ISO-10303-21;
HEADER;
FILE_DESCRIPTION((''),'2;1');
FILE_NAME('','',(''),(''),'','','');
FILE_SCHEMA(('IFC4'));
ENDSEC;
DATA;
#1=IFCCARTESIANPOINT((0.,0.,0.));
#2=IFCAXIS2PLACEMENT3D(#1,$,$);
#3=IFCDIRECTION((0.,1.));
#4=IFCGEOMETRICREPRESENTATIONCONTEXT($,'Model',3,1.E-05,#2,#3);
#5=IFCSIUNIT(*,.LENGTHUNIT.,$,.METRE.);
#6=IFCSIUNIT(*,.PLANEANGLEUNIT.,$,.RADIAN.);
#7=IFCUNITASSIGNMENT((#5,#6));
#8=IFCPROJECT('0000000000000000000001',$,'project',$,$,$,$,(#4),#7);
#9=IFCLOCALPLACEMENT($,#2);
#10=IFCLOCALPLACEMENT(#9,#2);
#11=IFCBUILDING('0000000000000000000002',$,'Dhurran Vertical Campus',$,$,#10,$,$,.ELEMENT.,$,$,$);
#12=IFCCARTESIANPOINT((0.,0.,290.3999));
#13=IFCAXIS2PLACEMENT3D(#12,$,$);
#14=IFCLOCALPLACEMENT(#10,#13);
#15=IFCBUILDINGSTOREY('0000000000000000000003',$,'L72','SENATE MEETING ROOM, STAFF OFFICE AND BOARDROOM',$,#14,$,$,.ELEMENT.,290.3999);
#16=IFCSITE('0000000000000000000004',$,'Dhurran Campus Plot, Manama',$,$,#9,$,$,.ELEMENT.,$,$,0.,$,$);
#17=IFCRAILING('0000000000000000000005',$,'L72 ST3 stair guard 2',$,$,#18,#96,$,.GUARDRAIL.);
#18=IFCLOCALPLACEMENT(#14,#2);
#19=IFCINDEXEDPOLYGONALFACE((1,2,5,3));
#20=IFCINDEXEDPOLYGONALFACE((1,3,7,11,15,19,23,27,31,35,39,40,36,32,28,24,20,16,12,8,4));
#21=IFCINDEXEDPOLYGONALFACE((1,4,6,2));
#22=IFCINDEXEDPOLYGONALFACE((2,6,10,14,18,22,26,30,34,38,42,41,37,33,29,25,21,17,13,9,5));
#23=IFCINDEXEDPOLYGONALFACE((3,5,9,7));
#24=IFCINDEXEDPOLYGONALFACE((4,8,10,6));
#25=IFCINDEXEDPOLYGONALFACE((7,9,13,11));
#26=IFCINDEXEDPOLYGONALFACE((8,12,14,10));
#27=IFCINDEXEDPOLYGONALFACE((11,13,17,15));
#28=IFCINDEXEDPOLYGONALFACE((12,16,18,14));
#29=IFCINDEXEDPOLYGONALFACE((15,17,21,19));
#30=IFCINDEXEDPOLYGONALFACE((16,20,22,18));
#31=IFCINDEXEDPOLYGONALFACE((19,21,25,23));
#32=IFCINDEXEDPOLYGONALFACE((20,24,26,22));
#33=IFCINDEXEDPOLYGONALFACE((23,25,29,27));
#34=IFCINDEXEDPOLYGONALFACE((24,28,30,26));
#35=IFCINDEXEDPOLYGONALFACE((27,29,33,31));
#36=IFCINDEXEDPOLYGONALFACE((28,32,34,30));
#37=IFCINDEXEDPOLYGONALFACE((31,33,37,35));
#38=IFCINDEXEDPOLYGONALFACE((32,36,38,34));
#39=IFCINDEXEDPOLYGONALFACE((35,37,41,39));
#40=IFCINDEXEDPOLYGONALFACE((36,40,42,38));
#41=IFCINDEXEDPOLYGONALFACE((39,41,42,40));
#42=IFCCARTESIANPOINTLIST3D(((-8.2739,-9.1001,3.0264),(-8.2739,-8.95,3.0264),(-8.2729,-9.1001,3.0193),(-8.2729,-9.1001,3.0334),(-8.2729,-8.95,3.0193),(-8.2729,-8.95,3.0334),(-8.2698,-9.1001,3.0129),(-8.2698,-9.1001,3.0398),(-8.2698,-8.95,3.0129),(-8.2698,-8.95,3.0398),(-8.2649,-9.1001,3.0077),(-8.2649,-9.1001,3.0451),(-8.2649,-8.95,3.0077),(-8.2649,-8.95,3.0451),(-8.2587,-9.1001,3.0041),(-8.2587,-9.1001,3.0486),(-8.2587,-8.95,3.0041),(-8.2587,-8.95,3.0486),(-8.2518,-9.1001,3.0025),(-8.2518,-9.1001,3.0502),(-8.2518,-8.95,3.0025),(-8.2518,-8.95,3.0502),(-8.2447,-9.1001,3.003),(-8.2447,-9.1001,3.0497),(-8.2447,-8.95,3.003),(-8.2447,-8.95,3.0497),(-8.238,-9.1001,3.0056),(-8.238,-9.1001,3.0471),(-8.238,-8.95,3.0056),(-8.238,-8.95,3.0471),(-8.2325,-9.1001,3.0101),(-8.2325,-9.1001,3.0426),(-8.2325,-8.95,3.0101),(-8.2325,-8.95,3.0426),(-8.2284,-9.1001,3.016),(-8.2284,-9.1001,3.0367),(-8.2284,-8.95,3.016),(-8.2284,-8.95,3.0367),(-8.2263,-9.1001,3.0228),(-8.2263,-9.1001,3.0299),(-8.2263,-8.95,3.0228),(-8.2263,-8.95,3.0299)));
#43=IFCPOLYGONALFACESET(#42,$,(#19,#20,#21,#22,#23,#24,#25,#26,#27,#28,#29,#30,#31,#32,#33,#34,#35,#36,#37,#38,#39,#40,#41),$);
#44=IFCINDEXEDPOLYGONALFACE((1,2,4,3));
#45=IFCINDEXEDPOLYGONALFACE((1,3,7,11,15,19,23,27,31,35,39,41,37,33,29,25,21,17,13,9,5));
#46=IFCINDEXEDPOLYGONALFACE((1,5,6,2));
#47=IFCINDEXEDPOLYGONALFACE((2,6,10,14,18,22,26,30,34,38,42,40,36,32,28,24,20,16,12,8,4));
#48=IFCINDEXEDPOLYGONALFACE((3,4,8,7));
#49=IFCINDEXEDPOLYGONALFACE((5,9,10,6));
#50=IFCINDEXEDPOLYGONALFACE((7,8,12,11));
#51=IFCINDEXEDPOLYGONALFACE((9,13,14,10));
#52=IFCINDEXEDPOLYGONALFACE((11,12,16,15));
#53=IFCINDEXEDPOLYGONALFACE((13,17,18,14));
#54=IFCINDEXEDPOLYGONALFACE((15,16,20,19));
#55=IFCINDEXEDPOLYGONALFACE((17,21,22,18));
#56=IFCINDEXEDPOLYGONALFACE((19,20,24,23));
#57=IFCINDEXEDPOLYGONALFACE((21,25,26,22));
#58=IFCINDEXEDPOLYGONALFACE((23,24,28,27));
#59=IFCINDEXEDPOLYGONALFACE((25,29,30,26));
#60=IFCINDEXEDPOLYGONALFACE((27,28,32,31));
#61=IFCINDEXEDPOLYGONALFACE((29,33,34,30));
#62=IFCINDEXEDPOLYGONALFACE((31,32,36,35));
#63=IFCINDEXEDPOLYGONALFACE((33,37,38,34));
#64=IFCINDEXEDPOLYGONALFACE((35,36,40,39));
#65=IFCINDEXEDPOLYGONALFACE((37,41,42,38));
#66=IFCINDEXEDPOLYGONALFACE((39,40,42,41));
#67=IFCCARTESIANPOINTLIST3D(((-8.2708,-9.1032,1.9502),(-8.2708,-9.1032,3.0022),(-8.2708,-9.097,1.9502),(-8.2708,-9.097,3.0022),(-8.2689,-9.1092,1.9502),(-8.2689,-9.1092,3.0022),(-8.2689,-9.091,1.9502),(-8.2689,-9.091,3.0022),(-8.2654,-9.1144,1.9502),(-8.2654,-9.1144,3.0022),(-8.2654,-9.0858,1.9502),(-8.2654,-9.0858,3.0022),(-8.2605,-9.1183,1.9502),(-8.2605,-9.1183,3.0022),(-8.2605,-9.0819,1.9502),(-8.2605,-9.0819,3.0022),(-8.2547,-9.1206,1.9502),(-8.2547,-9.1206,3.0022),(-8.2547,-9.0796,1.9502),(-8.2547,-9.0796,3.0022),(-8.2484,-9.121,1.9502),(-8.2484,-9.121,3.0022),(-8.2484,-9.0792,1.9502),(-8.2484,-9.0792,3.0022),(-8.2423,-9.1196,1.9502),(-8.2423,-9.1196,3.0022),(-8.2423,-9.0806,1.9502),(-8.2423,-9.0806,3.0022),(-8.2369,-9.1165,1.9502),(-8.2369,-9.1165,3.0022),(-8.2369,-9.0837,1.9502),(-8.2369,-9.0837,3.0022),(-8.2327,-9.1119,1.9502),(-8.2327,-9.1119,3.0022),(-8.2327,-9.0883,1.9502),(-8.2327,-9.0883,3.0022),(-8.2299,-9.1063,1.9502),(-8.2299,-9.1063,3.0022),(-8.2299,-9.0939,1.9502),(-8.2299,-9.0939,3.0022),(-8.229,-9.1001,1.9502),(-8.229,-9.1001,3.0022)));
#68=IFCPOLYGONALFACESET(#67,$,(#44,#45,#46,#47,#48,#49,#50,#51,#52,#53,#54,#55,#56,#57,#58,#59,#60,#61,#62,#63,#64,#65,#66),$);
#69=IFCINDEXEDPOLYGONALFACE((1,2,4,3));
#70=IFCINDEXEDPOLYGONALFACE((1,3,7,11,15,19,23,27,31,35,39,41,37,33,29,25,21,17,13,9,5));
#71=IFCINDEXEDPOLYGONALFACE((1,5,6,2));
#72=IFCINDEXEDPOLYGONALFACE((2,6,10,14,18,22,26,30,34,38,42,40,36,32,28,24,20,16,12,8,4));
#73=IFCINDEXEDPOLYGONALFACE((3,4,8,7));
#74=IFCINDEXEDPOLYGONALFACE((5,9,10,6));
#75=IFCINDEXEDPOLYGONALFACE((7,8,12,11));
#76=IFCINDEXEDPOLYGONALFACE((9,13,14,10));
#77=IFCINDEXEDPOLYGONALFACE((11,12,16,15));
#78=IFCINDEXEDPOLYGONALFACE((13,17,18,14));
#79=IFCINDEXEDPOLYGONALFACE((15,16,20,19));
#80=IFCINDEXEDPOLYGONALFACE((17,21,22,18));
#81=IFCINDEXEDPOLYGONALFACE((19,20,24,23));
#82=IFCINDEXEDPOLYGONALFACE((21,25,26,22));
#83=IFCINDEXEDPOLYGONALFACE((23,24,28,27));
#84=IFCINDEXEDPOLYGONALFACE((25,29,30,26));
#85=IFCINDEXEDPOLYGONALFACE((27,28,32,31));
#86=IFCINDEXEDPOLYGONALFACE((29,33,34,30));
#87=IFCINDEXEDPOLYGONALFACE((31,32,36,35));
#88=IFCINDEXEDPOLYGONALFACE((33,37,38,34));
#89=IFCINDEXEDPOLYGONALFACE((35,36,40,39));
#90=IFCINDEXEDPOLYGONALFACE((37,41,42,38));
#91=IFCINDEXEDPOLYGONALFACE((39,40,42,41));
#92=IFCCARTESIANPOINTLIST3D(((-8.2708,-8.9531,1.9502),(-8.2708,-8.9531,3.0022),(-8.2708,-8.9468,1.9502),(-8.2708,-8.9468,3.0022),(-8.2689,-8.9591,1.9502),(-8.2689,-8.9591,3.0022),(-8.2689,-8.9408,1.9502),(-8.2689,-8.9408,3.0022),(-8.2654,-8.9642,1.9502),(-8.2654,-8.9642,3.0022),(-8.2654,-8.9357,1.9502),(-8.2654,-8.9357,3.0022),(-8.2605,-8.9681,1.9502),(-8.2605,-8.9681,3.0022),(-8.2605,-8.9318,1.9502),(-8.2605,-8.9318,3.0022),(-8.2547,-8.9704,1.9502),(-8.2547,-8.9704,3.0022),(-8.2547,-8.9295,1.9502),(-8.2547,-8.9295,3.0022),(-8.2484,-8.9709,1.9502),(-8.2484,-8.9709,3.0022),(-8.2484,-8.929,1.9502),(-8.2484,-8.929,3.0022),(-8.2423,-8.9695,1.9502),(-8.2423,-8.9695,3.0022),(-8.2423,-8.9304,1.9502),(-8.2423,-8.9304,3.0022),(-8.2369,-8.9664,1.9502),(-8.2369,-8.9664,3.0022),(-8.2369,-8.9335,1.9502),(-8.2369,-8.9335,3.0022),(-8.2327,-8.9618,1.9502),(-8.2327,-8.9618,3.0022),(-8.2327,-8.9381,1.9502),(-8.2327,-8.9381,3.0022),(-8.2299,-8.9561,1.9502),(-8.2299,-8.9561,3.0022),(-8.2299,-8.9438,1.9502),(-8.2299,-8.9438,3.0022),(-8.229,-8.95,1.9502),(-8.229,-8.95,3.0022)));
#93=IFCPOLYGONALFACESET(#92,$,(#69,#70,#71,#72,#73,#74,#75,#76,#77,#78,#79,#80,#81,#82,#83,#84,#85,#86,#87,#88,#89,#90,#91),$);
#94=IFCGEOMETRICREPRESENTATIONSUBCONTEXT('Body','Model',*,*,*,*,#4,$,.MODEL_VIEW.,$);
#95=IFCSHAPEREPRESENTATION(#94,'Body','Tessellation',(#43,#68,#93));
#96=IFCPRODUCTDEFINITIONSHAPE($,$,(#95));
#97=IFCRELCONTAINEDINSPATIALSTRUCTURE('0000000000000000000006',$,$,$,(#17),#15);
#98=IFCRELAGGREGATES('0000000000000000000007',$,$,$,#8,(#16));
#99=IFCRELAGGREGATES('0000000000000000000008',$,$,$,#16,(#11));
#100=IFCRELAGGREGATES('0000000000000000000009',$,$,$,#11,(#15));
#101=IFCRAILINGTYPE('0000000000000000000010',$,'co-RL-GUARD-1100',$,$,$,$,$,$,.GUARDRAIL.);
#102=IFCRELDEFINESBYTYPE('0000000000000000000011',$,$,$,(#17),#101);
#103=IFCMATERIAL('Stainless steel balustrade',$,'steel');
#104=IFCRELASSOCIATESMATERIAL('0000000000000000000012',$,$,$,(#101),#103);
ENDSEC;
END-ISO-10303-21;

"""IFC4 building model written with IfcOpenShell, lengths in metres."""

from ifc_helpers import new_model, si_unit, direction, frame, origin, origin_2d, place, context, subcontext, project, spatial, circle, extrude, material, type_object, element, save


model = new_model("IFC4")

# Units and contexts
model_context = context("Model", 3, precision=1e-05, world=origin(), true_north=direction((0.0, 1.0)))
body_context = subcontext(model_context, "Body", "Model", "MODEL_VIEW")
ifc_project = project(units=[si_unit("LENGTHUNIT", "METRE"), si_unit("PLANEANGLEUNIT", "RADIAN")], contexts=[model_context])

# Site, building, storey
site_placement = place(None, origin())
site = spatial("IfcSite", under=ifc_project, at=site_placement, Name="Dhurran Campus Plot, Manama", CompositionType="ELEMENT", RefElevation=0.0)
building_placement = place(site_placement, origin())
building = spatial("IfcBuilding", under=site, at=building_placement, Name="Dhurran Vertical Campus", CompositionType="ELEMENT")
storey_placement = place(building_placement, frame((0.0, 0.0, 290.3999)))
storey = spatial("IfcBuildingStorey", under=building, at=storey_placement, Name="L72", Description="SENATE MEETING ROOM, STAFF OFFICE AND BOARDROOM", CompositionType="ELEMENT", Elevation=290.3999)

# Railing
ifc_material_1 = material(Name="Stainless steel balustrade", Category="steel")
railing_type_1 = type_object("IfcRailingType", Name="co-RL-GUARD-1100", PredefinedType="GUARDRAIL", material=ifc_material_1)
railing_1_placement = place(storey_placement, frame((-8.25, -9.1001, 1.9502)))
element("IfcRailing", 1, at=railing_1_placement, inside=storey, type_object=railing_type_1, Name="L72 ST3 stair guard 2", PredefinedType="GUARDRAIL", context=body_context, shape_type="SweptSolid", body=[
    extrude(circle(Radius=0.0239, at=origin_2d()), frame((0.0, 0.0, 1.0762), z_axis=(0.0, 1.0, 0.0), x_axis=(-1.0, 0.0, 0.0)), (0.0, 0.0, 1.0), 0.1501),
    extrude(circle(Radius=0.021, at=origin_2d()), origin(), (0.0, 0.0, 1.0), 1.052),
    extrude(circle(Radius=0.021, at=origin_2d()), frame((0.0, 0.1501, 0.0)), (0.0, 0.0, 1.0), 1.052),
])

save(model, "model.ifc")
